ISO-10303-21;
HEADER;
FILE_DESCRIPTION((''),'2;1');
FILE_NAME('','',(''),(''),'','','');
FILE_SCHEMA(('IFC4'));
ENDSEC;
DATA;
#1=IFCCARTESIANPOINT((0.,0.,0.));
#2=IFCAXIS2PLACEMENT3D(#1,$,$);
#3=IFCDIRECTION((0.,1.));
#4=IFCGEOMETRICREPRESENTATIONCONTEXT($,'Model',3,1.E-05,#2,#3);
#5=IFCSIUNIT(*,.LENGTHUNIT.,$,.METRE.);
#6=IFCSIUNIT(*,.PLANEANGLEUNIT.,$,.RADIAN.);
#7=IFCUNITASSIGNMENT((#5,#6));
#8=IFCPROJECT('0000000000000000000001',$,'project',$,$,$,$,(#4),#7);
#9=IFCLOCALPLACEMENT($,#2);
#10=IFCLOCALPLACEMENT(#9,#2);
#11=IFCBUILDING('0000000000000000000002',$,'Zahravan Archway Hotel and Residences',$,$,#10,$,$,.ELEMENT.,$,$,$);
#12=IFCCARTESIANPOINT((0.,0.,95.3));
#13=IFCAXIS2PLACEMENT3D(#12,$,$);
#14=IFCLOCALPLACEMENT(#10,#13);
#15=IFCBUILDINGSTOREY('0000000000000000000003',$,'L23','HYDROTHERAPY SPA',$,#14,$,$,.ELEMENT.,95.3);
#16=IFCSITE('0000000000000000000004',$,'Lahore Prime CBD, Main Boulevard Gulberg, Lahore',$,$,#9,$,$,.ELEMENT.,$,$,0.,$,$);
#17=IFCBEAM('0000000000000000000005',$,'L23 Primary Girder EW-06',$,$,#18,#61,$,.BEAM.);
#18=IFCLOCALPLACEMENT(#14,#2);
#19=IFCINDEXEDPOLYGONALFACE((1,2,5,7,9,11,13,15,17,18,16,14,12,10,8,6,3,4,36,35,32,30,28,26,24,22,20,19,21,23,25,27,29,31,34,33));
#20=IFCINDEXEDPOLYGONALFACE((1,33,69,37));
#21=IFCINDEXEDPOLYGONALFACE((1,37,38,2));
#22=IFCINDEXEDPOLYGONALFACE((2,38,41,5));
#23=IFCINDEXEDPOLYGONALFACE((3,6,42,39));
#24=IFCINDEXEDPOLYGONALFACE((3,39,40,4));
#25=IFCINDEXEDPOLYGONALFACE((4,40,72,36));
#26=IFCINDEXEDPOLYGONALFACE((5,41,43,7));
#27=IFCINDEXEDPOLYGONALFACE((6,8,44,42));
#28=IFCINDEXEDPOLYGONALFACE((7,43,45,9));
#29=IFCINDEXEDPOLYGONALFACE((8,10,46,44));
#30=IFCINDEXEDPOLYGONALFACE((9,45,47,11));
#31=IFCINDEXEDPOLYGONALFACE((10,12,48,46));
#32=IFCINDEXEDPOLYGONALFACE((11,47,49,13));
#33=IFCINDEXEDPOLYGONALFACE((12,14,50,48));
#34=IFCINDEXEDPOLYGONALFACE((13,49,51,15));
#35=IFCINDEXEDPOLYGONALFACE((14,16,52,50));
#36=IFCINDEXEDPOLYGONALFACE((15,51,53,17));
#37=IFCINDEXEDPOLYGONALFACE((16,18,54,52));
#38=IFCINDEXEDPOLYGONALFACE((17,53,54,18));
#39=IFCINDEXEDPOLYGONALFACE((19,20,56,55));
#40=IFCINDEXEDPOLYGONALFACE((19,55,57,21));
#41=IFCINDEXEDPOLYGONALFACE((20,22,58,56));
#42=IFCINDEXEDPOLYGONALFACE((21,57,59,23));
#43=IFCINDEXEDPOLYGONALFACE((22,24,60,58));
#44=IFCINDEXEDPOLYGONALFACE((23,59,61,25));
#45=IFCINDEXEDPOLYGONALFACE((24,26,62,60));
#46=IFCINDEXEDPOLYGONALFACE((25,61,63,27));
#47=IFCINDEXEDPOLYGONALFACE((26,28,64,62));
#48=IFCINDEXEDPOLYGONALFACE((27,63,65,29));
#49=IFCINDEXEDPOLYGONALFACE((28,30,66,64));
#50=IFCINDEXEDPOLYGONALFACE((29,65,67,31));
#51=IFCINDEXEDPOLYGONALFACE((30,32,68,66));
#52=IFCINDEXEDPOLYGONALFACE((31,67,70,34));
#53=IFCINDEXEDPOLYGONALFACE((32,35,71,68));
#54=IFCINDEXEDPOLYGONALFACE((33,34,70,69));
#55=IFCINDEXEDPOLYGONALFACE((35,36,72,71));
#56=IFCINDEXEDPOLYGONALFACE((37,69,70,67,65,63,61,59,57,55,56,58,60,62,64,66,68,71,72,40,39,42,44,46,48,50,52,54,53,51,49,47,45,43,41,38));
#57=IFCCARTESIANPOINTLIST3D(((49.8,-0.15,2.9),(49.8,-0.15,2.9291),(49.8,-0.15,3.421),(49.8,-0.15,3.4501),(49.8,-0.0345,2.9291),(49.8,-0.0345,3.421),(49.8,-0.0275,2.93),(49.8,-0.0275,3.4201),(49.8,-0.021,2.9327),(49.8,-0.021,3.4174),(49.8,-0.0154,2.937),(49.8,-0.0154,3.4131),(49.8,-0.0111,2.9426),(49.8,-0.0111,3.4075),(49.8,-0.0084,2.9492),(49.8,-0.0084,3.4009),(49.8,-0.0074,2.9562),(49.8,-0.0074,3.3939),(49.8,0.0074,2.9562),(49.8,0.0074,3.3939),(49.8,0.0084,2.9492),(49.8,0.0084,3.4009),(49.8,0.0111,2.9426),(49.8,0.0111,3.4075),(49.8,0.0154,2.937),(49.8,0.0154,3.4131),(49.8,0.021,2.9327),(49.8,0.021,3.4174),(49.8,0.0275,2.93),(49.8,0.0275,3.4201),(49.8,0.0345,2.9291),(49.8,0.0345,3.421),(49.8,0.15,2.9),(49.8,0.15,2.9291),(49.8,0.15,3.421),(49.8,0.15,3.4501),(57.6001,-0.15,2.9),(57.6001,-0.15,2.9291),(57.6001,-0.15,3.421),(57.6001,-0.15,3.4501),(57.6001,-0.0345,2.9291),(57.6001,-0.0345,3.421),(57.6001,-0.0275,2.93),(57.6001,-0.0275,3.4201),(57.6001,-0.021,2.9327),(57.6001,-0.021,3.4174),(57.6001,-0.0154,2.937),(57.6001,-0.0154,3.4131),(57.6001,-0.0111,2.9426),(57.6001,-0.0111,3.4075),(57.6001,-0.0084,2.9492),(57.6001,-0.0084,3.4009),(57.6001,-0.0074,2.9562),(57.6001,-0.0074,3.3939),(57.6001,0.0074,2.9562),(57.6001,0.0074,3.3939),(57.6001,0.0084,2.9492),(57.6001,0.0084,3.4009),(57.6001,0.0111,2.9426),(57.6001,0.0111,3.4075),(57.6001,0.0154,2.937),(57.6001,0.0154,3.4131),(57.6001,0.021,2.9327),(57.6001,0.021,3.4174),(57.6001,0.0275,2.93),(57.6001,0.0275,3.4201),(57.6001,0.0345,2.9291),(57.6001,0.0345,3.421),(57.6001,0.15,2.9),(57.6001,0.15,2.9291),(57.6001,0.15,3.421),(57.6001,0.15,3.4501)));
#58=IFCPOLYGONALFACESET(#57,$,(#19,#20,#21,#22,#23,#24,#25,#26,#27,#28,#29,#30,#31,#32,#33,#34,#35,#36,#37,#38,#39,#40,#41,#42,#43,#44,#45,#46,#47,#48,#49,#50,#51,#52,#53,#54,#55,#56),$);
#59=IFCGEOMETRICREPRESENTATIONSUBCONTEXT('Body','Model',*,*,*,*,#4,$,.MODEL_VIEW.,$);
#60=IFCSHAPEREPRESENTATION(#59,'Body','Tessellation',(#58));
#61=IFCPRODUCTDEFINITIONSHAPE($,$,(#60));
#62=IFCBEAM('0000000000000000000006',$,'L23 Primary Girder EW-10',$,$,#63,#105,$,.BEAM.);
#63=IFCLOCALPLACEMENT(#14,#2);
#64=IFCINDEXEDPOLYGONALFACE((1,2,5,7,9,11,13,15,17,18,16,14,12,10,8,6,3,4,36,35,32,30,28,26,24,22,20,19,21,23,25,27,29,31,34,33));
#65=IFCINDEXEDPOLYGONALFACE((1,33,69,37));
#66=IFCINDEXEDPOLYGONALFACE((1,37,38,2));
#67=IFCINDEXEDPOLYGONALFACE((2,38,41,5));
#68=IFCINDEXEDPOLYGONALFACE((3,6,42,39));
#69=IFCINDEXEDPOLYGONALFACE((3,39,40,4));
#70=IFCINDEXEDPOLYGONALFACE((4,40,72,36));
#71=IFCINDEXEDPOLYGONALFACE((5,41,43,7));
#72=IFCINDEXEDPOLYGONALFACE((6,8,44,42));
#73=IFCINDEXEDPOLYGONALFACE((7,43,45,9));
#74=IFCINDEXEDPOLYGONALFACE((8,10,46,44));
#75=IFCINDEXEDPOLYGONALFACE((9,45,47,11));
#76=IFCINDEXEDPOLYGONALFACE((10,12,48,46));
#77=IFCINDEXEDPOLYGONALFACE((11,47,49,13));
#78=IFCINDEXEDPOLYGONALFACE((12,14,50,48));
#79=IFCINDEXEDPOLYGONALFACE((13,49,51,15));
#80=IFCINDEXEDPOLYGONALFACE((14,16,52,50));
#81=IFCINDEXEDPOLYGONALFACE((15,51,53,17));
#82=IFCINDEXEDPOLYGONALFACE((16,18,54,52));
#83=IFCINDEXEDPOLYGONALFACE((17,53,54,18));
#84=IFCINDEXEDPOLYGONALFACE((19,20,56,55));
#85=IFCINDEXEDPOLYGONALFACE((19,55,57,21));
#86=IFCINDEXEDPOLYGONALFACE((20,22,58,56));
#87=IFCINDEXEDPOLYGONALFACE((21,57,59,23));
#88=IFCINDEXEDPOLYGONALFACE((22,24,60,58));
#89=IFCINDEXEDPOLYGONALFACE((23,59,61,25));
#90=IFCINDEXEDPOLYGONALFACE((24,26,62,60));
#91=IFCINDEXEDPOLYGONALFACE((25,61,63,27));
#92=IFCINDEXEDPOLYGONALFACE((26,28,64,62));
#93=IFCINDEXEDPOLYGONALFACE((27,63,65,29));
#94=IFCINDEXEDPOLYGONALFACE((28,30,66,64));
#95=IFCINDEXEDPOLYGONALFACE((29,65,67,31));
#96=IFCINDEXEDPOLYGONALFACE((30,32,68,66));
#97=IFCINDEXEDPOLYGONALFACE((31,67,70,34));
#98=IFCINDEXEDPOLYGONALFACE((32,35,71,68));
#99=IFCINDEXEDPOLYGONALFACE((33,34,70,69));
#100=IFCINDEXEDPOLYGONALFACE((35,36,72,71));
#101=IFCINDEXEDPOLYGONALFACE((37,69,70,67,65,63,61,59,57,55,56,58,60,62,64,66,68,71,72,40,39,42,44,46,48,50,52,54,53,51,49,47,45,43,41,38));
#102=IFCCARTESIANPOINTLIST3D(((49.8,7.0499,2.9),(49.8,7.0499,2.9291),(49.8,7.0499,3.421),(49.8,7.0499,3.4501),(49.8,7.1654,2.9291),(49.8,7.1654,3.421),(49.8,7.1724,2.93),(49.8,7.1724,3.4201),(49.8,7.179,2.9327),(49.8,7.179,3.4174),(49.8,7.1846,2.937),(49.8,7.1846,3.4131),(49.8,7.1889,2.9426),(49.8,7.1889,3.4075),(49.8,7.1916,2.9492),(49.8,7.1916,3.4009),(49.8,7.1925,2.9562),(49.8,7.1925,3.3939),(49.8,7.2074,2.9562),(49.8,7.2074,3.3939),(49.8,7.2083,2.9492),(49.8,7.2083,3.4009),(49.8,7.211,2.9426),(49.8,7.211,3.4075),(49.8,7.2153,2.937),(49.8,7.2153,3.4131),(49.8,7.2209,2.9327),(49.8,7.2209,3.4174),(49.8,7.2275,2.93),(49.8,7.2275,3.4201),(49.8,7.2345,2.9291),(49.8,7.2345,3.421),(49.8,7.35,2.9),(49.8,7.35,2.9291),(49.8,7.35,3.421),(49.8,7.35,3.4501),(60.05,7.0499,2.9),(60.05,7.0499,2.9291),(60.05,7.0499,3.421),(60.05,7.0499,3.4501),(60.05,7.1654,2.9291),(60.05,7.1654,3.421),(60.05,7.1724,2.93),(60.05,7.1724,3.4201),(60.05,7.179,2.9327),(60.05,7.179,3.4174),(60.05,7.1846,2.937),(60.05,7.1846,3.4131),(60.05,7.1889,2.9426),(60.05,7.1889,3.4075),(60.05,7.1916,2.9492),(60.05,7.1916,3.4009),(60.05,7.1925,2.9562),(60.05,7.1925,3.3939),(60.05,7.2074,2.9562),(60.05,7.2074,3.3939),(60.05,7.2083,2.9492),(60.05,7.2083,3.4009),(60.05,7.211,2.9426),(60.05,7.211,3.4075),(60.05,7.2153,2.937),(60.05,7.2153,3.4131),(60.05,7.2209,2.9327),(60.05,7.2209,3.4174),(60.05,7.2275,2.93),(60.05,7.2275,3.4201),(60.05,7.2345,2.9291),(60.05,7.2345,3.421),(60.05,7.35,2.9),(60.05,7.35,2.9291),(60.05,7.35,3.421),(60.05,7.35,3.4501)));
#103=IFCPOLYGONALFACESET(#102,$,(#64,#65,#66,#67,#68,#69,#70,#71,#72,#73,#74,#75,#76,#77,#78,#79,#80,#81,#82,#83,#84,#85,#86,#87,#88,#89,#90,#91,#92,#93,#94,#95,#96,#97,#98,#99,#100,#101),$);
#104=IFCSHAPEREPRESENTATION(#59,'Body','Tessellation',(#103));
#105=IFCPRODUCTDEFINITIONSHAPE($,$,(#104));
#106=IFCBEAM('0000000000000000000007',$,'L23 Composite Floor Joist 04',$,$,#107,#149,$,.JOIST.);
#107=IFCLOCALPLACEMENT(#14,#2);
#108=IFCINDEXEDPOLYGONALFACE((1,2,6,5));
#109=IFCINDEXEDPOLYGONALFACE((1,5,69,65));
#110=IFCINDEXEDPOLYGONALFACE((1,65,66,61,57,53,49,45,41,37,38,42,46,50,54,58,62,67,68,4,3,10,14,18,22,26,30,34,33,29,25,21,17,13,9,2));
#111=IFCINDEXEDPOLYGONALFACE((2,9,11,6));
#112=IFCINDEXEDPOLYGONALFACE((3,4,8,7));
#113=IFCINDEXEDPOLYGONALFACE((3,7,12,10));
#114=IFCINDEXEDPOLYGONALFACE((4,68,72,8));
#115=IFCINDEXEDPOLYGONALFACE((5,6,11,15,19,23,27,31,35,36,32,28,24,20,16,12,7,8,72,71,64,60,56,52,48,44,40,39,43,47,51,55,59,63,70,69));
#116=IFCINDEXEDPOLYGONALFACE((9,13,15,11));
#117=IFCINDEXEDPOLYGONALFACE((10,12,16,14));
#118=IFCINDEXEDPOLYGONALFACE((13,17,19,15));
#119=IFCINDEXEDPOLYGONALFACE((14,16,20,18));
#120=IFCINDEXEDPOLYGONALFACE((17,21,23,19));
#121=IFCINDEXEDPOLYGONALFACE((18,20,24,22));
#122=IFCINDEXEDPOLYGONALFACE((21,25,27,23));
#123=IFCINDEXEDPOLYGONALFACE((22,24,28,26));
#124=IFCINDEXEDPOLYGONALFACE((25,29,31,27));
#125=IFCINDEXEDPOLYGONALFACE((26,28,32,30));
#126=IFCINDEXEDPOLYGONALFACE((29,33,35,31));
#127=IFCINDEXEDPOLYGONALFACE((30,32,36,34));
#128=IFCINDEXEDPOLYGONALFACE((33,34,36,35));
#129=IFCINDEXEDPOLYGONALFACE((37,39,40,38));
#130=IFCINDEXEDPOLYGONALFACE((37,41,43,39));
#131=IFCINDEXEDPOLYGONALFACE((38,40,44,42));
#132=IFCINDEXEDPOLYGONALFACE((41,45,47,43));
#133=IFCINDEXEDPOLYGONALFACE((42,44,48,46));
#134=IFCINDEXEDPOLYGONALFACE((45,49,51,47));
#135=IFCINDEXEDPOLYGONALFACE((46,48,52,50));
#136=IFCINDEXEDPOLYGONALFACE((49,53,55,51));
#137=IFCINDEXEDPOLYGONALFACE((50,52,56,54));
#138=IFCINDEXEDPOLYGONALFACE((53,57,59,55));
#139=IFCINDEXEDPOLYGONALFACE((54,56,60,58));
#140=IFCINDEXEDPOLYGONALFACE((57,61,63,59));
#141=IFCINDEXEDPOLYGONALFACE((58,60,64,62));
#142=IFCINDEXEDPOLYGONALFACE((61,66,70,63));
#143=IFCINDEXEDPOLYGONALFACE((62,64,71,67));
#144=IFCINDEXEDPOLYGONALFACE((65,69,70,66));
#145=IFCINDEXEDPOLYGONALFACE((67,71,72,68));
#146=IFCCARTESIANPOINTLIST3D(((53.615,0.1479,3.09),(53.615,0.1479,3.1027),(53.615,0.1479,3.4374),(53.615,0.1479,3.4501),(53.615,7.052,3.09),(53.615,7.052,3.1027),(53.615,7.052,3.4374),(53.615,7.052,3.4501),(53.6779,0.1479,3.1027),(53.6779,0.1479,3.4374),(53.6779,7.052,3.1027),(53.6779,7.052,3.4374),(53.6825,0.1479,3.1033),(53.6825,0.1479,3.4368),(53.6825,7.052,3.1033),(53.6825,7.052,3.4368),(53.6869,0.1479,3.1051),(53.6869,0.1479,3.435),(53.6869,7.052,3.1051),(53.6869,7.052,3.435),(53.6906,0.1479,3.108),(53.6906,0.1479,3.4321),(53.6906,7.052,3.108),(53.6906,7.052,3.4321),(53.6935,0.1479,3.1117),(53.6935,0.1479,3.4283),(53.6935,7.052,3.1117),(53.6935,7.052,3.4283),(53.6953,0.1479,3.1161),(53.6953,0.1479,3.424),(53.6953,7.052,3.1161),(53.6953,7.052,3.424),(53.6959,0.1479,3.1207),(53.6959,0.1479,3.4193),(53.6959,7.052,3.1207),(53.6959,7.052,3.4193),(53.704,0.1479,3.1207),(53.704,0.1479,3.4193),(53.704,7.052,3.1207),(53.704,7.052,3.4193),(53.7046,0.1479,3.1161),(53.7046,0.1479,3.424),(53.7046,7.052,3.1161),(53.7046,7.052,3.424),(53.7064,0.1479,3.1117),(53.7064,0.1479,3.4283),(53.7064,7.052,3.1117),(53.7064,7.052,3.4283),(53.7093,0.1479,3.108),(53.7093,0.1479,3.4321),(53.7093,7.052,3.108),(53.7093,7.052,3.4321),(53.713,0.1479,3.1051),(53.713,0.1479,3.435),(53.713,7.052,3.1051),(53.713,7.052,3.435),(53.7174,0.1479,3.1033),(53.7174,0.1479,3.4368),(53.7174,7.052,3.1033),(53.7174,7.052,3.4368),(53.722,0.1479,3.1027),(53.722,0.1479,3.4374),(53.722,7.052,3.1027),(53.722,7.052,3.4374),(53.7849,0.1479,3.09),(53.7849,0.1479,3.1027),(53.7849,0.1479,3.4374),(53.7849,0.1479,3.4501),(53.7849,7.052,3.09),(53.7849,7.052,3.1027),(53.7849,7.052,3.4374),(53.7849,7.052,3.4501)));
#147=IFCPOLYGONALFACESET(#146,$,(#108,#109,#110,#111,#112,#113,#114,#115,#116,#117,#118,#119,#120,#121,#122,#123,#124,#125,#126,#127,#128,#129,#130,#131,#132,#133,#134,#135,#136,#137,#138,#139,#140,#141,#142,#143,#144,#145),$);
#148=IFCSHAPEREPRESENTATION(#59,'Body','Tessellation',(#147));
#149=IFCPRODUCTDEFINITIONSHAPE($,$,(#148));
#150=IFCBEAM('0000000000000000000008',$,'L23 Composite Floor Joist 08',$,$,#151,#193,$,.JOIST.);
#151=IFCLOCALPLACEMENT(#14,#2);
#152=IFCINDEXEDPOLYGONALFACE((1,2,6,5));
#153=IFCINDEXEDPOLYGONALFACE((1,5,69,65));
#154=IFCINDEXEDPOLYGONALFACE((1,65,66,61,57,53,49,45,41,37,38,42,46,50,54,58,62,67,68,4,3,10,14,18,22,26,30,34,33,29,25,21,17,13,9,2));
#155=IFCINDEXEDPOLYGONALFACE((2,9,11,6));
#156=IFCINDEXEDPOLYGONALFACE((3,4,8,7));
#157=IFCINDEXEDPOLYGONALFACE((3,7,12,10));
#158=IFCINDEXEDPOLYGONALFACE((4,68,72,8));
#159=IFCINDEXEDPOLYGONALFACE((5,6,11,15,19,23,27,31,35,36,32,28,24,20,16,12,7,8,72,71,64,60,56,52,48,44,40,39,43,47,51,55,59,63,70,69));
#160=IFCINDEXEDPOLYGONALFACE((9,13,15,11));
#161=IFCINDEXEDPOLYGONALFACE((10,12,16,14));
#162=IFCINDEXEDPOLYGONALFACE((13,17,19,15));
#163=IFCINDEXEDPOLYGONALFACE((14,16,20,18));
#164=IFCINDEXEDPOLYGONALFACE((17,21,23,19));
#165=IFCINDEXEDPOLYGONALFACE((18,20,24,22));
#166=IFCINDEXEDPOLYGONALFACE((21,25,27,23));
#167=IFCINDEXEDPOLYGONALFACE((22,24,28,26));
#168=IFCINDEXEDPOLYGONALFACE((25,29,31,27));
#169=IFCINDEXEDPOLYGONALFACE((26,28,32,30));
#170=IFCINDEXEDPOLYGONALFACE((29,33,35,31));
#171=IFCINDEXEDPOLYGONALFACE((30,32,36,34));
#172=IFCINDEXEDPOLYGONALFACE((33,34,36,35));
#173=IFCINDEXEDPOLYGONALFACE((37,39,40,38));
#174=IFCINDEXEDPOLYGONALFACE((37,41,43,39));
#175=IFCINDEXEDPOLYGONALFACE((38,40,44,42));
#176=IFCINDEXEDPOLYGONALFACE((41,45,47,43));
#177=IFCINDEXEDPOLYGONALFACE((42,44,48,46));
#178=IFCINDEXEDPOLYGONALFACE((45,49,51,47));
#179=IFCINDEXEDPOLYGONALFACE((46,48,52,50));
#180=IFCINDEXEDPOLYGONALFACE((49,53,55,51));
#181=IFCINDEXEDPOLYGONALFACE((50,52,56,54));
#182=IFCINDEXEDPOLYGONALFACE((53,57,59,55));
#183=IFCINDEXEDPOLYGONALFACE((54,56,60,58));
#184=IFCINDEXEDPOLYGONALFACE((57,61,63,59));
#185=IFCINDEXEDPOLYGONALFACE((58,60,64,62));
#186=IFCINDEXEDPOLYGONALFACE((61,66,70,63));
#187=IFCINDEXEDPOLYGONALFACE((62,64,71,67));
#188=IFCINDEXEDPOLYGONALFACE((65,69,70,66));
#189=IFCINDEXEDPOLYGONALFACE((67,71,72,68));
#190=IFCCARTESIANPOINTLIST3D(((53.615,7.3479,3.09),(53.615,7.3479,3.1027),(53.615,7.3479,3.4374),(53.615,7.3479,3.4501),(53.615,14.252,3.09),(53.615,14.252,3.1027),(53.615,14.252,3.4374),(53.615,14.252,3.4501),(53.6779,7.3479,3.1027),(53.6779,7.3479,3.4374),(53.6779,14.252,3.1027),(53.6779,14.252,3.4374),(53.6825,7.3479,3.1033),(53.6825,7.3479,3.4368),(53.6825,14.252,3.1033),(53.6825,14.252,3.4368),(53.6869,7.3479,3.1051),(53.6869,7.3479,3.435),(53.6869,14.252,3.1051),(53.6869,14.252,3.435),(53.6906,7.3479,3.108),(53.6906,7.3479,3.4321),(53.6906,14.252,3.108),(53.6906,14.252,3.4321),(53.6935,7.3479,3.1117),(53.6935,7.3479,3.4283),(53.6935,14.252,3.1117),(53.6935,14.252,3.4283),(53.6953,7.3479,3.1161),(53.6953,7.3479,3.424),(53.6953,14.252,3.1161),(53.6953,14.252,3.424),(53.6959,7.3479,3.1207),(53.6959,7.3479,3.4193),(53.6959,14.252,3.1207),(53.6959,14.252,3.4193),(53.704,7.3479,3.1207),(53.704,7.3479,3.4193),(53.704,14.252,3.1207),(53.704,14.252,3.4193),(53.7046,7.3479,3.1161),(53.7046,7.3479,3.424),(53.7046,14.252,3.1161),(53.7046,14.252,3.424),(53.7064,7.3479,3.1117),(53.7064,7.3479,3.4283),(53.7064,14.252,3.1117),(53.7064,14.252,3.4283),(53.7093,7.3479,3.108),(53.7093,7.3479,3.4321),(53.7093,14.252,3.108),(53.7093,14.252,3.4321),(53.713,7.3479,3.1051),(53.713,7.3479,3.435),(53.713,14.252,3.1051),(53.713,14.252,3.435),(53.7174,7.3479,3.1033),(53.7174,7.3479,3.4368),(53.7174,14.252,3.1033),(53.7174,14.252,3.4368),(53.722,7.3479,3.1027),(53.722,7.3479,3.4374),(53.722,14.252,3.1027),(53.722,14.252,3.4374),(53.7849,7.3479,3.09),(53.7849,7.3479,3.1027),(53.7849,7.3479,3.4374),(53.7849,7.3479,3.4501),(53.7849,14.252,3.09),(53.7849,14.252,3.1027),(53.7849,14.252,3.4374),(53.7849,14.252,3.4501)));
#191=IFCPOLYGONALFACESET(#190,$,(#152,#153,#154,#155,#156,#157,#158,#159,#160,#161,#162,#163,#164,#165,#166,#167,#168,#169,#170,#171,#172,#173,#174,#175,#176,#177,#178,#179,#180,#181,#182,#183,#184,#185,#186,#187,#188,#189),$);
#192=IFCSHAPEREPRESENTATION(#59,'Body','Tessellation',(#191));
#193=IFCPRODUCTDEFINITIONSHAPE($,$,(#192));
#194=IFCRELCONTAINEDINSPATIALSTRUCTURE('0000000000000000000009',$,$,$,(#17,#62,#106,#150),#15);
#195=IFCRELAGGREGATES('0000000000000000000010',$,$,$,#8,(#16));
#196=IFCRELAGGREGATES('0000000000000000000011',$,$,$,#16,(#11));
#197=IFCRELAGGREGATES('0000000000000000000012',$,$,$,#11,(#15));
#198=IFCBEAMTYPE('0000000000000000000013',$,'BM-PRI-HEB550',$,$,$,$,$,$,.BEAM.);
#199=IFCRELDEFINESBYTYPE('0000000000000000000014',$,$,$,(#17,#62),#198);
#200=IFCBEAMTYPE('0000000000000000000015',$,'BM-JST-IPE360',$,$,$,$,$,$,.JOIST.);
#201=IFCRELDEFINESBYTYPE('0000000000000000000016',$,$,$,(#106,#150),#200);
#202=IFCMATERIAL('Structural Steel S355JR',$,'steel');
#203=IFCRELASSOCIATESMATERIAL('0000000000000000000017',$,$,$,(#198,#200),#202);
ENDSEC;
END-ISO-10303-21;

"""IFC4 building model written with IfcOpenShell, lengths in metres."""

from ifc_helpers import new_model, si_unit, direction, frame, origin, origin_2d, place, context, subcontext, project, spatial, i_section, extrude, source, transform, mapped, material, material_profile, profile_set, type_object, type_shapes, element, save


model = new_model("IFC4")

# Units and contexts
model_context = context("Model", 3, precision=1e-05, world=origin(), true_north=direction((0.0, 1.0)))
body_context = subcontext(model_context, "Body", "Model", "MODEL_VIEW")
ifc_project = project(units=[si_unit("LENGTHUNIT", "METRE"), si_unit("PLANEANGLEUNIT", "RADIAN")], contexts=[model_context])

# Site, building, storey
site_placement = place(None, origin())
site = spatial("IfcSite", under=ifc_project, at=site_placement, Name="Lahore Prime CBD, Main Boulevard Gulberg, Lahore", CompositionType="ELEMENT", RefElevation=0.0)
building_placement = place(site_placement, origin())
building = spatial("IfcBuilding", under=site, at=building_placement, Name="Zahravan Archway Hotel and Residences", CompositionType="ELEMENT")
storey_placement = place(building_placement, frame((0.0, 0.0, 95.3)))
storey = spatial("IfcBuildingStorey", under=building, at=storey_placement, Name="L23", Description="HYDROTHERAPY SPA", CompositionType="ELEMENT", Elevation=95.3)

# Beams
ifc_material_1 = material(Name="Structural Steel S355JR", Category="steel")
ifc_material_profile_1 = material_profile(ifc_material_1, i_section(OverallWidth=0.3, OverallDepth=0.55, WebThickness=0.0149, FlangeThickness=0.0291, FilletRadius=0.0271, at=origin_2d()), Name="HEB 550", Category="steel")
ifc_profile_set_1 = profile_set([ifc_material_profile_1], Name="Structural Steel S355JR")
beam_type_1 = type_object("IfcBeamType", Name="BM-PRI-HEB550", PredefinedType="BEAM", material=ifc_profile_set_1)
shared_shape_1 = source(origin(), body_context, "Body", "SweptSolid", [
    extrude(i_section(OverallWidth=0.3, OverallDepth=0.55, WebThickness=0.0149, FlangeThickness=0.0291, FilletRadius=0.0271, at=origin_2d()), origin(), (0.0, 0.0, 1.0), 7.8),
])
beam_1_placement = place(storey_placement, frame((49.8, 0.0, 3.175), z_axis=(1.0, 0.0, 0.0), x_axis=(0.0, 1.0, 0.0)))
element("IfcBeam", 1, at=beam_1_placement, inside=storey, type_object=beam_type_1, Name="L23 Primary Girder EW-06", PredefinedType="BEAM", context=body_context, shape_type="MappedRepresentation", body=[
    mapped(shared_shape_1, transform((0.0, 0.0, 0.0), scale=1.0)),
])
shared_shape_2 = source(origin(), body_context, "Body", "SweptSolid", [
    extrude(i_section(OverallWidth=0.3, OverallDepth=0.55, WebThickness=0.0149, FlangeThickness=0.0291, FilletRadius=0.0271, at=origin_2d()), origin(), (0.0, 0.0, 1.0), 10.25),
])
beam_2_placement = place(storey_placement, frame((49.8, 7.2, 3.175), z_axis=(1.0, 0.0, 0.0), x_axis=(0.0, 1.0, 0.0)))
element("IfcBeam", 2, at=beam_2_placement, inside=storey, type_object=beam_type_1, Name="L23 Primary Girder EW-10", PredefinedType="BEAM", context=body_context, shape_type="MappedRepresentation", body=[
    mapped(shared_shape_2, transform((0.0, 0.0, 0.0), scale=1.0)),
])
ifc_material_profile_2 = material_profile(ifc_material_1, i_section(OverallWidth=0.1699, OverallDepth=0.3601, WebThickness=0.0081, FlangeThickness=0.0127, FilletRadius=0.0181, at=origin_2d()), Name="IPE 360", Category="steel")
ifc_profile_set_2 = profile_set([ifc_material_profile_2], Name="Structural Steel S355JR")
beam_type_2 = type_object("IfcBeamType", Name="BM-JST-IPE360", PredefinedType="JOIST", material=ifc_profile_set_2)
shared_shape_3 = source(origin(), body_context, "Body", "SweptSolid", [
    extrude(i_section(OverallWidth=0.1699, OverallDepth=0.3601, WebThickness=0.0081, FlangeThickness=0.0127, FilletRadius=0.0181, at=origin_2d()), origin(), (0.0, 0.0, 1.0), 6.9041),
])
type_shapes(beam_type_2, [shared_shape_3])
for number, where, z_axis, x_axis, name in (
    (3, (53.7, 0.1479, 3.27), (0.0, 1.0, 0.0), (-1.0, 0.0, 0.0), "L23 Composite Floor Joist 04"),
    (4, (53.7, 7.3479, 3.27), (0.0, 1.0, 0.0), (-1.0, 0.0, 0.0), "L23 Composite Floor Joist 08"),
):
    element("IfcBeam", number, at=place(storey_placement, frame(where, z_axis=z_axis, x_axis=x_axis)), inside=storey, type_object=beam_type_2, Name=name, PredefinedType="JOIST", context=body_context, shape_type="MappedRepresentation", body=[
        mapped(shared_shape_3, transform((0.0, 0.0, 0.0), scale=1.0)),
    ])

save(model, "model.ifc")
